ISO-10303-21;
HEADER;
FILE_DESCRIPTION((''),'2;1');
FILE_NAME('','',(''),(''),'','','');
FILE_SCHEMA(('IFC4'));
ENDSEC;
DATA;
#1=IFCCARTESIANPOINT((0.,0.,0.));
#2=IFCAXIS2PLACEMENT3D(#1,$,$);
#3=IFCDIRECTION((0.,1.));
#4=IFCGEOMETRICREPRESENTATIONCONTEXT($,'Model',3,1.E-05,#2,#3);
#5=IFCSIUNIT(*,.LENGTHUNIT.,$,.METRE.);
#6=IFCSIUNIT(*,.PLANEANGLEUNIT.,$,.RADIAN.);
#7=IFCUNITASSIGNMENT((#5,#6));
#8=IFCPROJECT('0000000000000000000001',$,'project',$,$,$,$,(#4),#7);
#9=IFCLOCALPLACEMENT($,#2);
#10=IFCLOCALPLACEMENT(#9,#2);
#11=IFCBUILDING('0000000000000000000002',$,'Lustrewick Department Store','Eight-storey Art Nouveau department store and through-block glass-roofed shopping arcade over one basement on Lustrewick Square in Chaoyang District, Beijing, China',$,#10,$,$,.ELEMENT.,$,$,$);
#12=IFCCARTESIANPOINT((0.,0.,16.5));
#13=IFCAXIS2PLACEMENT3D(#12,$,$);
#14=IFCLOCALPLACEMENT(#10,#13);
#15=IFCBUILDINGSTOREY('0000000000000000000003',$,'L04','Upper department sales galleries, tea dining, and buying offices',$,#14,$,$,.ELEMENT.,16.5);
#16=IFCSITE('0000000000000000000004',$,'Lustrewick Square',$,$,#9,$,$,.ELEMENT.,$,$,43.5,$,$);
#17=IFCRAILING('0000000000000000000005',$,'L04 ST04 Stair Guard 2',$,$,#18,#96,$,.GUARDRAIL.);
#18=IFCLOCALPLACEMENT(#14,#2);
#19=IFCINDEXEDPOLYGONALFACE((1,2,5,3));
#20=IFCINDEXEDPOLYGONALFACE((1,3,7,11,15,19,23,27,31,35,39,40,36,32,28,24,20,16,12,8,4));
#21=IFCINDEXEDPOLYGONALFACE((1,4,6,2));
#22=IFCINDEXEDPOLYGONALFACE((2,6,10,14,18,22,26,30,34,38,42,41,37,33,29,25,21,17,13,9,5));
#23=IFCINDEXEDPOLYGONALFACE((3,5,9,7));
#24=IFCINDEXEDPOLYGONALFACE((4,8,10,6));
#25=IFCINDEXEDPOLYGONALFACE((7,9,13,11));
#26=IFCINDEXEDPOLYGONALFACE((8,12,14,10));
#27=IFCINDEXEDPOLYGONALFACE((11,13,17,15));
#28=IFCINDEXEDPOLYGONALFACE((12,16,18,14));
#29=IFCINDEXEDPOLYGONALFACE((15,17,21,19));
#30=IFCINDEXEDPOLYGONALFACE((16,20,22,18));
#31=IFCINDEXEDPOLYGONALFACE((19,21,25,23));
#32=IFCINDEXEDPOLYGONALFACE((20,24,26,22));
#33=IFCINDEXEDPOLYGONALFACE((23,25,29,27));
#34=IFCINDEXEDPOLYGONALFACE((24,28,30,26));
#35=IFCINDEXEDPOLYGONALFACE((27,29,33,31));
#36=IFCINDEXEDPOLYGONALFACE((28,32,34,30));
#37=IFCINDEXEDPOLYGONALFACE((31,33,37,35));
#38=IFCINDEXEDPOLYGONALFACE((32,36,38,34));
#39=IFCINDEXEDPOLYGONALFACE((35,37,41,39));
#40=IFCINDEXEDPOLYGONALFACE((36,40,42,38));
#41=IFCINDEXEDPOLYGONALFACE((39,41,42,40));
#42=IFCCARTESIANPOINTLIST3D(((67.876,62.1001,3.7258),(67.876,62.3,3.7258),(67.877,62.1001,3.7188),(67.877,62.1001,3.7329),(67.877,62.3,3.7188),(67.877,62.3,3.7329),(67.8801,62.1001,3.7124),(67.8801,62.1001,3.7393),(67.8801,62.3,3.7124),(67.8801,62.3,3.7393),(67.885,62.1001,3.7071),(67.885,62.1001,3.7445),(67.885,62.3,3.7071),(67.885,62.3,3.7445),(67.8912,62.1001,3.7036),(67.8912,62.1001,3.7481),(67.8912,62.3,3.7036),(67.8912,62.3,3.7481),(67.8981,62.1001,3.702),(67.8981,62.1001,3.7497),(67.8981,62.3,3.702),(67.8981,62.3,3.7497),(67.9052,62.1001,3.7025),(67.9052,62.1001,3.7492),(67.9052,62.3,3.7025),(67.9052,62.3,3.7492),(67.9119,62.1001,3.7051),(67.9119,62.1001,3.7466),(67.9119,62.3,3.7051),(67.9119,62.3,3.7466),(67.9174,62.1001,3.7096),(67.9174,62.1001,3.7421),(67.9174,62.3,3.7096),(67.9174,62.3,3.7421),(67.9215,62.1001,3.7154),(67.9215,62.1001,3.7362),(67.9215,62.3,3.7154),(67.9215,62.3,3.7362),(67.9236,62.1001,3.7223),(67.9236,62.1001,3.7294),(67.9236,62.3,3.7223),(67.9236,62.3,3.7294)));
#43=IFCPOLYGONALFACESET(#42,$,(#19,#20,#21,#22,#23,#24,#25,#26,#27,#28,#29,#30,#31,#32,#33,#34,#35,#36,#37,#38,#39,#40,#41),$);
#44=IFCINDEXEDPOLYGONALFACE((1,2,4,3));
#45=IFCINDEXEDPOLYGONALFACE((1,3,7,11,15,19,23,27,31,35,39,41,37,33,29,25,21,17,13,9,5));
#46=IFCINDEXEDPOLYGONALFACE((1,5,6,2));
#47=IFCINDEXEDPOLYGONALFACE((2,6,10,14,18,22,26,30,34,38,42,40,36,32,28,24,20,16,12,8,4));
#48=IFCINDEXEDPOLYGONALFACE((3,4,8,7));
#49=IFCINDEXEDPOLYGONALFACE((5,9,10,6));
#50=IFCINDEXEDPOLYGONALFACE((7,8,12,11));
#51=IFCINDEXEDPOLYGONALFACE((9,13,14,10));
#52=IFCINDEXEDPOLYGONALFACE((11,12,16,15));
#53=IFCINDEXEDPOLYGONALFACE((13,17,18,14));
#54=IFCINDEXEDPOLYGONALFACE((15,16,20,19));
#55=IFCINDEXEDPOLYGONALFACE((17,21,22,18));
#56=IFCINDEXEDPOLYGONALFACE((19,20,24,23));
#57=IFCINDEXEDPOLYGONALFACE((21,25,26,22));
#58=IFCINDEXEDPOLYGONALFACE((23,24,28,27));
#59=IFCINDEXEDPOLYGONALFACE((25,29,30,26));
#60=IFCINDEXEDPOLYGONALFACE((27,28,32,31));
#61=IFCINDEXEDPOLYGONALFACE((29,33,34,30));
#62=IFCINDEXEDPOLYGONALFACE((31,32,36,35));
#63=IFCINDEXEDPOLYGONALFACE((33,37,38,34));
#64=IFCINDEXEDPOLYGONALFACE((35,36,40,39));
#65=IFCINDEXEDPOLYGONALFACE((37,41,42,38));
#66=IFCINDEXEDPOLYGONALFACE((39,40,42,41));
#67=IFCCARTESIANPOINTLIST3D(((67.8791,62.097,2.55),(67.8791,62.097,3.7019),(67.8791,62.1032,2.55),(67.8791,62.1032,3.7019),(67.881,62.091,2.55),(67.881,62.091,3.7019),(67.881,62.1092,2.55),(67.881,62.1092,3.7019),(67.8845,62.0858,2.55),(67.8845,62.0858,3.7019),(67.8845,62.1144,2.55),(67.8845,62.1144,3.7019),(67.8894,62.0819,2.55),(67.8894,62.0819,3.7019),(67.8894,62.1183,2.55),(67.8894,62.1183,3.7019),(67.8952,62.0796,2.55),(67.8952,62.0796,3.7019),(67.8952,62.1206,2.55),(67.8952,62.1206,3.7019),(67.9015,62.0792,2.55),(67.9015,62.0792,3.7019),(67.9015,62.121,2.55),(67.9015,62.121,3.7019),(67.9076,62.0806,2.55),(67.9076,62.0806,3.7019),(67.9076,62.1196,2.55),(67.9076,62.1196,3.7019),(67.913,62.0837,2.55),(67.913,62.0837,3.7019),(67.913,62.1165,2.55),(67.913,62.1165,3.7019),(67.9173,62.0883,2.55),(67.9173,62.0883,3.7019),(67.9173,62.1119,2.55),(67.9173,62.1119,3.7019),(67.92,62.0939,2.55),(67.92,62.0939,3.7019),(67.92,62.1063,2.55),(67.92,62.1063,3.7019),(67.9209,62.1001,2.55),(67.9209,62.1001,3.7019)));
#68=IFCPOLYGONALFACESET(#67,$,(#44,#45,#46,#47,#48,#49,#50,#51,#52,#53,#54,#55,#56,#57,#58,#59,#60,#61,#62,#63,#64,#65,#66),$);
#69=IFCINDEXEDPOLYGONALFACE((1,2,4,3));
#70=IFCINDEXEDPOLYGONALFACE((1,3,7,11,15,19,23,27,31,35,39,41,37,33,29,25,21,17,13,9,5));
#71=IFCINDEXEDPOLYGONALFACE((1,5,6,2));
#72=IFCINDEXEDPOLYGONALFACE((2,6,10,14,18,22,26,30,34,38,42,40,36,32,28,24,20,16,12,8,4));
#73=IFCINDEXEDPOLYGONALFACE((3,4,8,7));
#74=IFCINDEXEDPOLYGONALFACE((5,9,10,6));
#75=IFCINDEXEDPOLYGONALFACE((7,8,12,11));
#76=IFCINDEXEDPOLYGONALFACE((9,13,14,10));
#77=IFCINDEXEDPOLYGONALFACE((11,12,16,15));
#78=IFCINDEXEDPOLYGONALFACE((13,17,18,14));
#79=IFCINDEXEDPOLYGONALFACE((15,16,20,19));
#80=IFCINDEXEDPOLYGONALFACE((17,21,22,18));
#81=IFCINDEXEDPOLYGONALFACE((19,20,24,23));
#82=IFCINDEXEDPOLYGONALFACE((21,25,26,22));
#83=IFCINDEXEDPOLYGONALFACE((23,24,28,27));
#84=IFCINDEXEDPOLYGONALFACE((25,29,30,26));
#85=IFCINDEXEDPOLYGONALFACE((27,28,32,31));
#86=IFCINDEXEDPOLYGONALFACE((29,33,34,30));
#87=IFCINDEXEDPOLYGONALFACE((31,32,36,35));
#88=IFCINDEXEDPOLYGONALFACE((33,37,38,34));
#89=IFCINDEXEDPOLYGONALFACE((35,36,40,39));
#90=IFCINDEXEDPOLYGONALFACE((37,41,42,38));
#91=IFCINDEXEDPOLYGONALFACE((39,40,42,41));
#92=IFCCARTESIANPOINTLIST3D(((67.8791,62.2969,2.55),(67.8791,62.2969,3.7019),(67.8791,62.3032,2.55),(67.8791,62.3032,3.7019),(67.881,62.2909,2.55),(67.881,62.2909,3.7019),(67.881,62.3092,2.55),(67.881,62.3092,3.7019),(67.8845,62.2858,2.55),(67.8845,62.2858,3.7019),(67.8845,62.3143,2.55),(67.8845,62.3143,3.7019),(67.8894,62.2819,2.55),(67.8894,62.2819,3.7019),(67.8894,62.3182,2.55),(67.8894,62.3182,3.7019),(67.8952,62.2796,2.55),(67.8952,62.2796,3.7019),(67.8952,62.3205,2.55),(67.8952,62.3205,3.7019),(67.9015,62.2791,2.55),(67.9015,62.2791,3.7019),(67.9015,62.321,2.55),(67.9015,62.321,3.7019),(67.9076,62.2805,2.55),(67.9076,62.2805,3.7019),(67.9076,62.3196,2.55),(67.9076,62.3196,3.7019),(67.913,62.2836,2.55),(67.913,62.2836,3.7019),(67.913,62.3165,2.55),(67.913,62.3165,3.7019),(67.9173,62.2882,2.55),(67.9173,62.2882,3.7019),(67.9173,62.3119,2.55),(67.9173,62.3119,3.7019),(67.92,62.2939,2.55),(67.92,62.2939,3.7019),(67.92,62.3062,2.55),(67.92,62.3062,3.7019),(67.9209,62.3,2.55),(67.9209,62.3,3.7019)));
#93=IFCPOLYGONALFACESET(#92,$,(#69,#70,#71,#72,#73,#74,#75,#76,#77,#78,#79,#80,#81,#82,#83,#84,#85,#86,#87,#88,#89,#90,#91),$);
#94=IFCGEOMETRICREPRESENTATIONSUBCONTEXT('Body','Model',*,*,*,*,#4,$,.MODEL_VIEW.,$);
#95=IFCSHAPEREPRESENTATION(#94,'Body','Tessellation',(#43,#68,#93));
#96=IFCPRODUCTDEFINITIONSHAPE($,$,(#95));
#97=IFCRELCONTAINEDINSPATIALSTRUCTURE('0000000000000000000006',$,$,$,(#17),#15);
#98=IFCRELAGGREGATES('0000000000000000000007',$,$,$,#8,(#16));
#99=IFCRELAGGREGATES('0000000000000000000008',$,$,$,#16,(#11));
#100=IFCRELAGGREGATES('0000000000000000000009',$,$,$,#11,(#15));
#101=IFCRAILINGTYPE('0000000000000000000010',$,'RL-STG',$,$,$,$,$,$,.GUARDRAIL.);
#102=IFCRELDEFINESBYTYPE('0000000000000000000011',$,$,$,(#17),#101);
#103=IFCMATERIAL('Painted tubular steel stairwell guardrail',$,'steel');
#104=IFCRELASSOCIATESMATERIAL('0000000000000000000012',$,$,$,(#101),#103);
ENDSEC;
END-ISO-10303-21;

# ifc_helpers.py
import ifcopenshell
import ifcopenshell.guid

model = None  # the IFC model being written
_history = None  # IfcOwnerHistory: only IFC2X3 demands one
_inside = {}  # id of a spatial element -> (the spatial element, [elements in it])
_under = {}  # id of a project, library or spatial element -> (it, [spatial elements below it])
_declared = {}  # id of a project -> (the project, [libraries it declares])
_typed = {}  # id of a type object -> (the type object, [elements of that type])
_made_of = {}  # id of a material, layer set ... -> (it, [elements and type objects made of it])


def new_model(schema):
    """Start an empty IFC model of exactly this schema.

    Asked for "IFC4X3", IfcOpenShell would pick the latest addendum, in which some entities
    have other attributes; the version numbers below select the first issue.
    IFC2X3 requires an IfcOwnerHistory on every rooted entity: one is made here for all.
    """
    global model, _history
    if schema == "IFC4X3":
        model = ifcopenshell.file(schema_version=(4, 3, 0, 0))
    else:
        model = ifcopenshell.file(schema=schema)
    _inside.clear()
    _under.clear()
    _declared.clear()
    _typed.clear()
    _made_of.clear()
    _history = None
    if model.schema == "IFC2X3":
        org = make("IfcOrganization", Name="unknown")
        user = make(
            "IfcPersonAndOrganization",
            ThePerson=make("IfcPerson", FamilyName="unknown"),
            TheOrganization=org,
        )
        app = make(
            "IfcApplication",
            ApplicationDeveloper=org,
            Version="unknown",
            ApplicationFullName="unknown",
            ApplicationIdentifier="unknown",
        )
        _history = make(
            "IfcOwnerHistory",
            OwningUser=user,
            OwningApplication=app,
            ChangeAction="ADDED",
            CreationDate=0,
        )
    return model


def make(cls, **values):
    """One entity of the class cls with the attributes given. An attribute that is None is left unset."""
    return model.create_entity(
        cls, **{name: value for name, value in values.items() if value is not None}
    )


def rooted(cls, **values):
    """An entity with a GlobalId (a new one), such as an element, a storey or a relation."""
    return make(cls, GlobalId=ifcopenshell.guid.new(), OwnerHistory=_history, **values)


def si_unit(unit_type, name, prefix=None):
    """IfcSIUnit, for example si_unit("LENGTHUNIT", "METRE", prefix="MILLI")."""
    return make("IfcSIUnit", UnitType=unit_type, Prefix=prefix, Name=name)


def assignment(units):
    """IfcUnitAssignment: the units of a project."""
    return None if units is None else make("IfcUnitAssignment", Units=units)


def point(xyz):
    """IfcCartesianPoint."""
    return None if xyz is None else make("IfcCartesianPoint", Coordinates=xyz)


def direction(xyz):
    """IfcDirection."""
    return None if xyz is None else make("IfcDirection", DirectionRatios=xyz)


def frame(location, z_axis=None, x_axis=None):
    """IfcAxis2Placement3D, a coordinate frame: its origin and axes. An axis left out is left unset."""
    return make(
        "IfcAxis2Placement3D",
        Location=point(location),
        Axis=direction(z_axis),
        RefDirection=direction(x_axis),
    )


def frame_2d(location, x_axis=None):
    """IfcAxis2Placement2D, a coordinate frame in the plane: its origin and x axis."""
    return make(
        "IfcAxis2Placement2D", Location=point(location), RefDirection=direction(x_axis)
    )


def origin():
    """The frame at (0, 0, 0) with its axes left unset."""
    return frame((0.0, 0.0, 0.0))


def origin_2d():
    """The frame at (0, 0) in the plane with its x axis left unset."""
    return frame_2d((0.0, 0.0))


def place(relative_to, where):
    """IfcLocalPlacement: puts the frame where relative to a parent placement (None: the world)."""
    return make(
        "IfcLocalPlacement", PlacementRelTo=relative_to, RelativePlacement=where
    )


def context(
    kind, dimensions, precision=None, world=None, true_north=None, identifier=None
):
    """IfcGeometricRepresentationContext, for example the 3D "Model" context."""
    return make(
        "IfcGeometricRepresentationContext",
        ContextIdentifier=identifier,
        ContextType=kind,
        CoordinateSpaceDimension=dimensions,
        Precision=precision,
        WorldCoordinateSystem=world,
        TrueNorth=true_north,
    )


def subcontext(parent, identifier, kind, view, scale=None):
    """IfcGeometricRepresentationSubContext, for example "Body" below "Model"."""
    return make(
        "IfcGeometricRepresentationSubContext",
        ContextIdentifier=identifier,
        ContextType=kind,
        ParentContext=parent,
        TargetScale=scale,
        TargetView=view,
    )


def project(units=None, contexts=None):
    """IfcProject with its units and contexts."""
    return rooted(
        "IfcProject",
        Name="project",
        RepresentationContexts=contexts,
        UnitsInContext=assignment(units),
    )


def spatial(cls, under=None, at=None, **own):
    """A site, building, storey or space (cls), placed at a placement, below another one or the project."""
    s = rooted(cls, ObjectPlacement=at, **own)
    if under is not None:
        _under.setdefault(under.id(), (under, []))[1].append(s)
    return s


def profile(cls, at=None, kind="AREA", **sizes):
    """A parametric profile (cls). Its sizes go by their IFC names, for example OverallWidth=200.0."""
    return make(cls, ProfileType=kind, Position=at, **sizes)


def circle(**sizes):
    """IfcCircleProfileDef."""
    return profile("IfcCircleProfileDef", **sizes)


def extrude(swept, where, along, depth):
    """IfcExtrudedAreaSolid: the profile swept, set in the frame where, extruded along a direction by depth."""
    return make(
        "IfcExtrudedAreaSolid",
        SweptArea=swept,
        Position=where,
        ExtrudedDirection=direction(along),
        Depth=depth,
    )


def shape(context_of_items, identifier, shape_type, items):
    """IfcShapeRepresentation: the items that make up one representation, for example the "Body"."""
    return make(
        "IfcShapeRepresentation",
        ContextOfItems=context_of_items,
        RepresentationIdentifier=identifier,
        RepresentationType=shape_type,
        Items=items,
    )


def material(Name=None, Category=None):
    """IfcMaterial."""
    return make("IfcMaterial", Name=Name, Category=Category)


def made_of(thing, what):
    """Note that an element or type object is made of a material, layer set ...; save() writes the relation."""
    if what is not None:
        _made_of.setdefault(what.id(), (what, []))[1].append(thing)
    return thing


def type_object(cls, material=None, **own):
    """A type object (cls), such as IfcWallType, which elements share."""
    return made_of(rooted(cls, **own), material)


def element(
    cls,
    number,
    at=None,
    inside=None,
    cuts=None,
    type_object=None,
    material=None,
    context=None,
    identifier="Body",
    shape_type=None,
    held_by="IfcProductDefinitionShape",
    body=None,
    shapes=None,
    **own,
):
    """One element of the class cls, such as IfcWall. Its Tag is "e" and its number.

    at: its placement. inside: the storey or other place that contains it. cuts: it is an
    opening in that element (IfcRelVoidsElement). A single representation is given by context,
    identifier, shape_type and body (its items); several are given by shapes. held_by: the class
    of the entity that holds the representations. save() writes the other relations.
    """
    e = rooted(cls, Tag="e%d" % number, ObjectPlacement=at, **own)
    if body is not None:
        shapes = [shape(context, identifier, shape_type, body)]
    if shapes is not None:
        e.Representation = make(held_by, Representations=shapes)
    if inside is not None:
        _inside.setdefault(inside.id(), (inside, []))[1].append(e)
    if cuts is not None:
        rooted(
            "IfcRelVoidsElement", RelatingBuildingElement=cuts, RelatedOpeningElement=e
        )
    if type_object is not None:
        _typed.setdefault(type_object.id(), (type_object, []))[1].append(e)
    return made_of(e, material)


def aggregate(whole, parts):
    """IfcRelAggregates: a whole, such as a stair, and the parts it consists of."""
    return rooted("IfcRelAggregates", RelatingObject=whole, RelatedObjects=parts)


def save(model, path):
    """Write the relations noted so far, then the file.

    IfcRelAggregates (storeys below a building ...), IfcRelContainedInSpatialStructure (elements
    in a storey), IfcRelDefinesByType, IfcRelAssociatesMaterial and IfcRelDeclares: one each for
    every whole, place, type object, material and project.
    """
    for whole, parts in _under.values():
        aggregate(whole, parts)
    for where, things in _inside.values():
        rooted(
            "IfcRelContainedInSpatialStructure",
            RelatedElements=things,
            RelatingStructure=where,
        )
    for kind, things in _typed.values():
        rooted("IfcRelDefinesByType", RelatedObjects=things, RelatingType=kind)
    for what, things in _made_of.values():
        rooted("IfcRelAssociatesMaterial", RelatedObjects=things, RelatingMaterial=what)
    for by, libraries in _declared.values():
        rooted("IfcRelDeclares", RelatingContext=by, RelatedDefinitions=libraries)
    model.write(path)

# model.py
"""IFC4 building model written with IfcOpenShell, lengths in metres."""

from ifc_helpers import new_model, si_unit, direction, frame, origin, origin_2d, place, context, subcontext, project, spatial, circle, extrude, material, type_object, element, save


model = new_model("IFC4")

# Units and contexts
model_context = context("Model", 3, precision=1e-05, world=origin(), true_north=direction((0.0, 1.0)))
body_context = subcontext(model_context, "Body", "Model", "MODEL_VIEW")
ifc_project = project(units=[si_unit("LENGTHUNIT", "METRE"), si_unit("PLANEANGLEUNIT", "RADIAN")], contexts=[model_context])

# Site, building, storey
site_placement = place(None, origin())
site = spatial("IfcSite", under=ifc_project, at=site_placement, Name="Lustrewick Square", CompositionType="ELEMENT", RefElevation=43.5)
building_placement = place(site_placement, origin())
building = spatial("IfcBuilding", under=site, at=building_placement, Name="Lustrewick Department Store", Description="Eight-storey Art Nouveau department store and through-block glass-roofed shopping arcade over one basement on Lustrewick Square in Chaoyang District, Beijing, China", CompositionType="ELEMENT")
storey_placement = place(building_placement, frame((0.0, 0.0, 16.5)))
storey = spatial("IfcBuildingStorey", under=building, at=storey_placement, Name="L04", Description="Upper department sales galleries, tea dining, and buying offices", CompositionType="ELEMENT", Elevation=16.5)

# Railing
ifc_material_1 = material(Name="Painted tubular steel stairwell guardrail", Category="steel")
railing_type_1 = type_object("IfcRailingType", Name="RL-STG", PredefinedType="GUARDRAIL", material=ifc_material_1)
railing_1_placement = place(storey_placement, frame((67.8999, 62.1001, 2.55)))
element("IfcRailing", 1, at=railing_1_placement, inside=storey, type_object=railing_type_1, Name="L04 ST04 Stair Guard 2", PredefinedType="GUARDRAIL", context=body_context, shape_type="SweptSolid", body=[
    extrude(circle(Radius=0.0239, at=origin_2d()), frame((0.0, 0.0, 1.1758), z_axis=(0.0, 1.0, 0.0), x_axis=(-1.0, 0.0, 0.0)), (0.0, 0.0, 1.0), 0.2),
    extrude(circle(Radius=0.021, at=origin_2d()), origin(), (0.0, 0.0, 1.0), 1.1519),
    extrude(circle(Radius=0.021, at=origin_2d()), frame((0.0, 0.2, 0.0)), (0.0, 0.0, 1.0), 1.1519),
])

save(model, "model.ifc")
